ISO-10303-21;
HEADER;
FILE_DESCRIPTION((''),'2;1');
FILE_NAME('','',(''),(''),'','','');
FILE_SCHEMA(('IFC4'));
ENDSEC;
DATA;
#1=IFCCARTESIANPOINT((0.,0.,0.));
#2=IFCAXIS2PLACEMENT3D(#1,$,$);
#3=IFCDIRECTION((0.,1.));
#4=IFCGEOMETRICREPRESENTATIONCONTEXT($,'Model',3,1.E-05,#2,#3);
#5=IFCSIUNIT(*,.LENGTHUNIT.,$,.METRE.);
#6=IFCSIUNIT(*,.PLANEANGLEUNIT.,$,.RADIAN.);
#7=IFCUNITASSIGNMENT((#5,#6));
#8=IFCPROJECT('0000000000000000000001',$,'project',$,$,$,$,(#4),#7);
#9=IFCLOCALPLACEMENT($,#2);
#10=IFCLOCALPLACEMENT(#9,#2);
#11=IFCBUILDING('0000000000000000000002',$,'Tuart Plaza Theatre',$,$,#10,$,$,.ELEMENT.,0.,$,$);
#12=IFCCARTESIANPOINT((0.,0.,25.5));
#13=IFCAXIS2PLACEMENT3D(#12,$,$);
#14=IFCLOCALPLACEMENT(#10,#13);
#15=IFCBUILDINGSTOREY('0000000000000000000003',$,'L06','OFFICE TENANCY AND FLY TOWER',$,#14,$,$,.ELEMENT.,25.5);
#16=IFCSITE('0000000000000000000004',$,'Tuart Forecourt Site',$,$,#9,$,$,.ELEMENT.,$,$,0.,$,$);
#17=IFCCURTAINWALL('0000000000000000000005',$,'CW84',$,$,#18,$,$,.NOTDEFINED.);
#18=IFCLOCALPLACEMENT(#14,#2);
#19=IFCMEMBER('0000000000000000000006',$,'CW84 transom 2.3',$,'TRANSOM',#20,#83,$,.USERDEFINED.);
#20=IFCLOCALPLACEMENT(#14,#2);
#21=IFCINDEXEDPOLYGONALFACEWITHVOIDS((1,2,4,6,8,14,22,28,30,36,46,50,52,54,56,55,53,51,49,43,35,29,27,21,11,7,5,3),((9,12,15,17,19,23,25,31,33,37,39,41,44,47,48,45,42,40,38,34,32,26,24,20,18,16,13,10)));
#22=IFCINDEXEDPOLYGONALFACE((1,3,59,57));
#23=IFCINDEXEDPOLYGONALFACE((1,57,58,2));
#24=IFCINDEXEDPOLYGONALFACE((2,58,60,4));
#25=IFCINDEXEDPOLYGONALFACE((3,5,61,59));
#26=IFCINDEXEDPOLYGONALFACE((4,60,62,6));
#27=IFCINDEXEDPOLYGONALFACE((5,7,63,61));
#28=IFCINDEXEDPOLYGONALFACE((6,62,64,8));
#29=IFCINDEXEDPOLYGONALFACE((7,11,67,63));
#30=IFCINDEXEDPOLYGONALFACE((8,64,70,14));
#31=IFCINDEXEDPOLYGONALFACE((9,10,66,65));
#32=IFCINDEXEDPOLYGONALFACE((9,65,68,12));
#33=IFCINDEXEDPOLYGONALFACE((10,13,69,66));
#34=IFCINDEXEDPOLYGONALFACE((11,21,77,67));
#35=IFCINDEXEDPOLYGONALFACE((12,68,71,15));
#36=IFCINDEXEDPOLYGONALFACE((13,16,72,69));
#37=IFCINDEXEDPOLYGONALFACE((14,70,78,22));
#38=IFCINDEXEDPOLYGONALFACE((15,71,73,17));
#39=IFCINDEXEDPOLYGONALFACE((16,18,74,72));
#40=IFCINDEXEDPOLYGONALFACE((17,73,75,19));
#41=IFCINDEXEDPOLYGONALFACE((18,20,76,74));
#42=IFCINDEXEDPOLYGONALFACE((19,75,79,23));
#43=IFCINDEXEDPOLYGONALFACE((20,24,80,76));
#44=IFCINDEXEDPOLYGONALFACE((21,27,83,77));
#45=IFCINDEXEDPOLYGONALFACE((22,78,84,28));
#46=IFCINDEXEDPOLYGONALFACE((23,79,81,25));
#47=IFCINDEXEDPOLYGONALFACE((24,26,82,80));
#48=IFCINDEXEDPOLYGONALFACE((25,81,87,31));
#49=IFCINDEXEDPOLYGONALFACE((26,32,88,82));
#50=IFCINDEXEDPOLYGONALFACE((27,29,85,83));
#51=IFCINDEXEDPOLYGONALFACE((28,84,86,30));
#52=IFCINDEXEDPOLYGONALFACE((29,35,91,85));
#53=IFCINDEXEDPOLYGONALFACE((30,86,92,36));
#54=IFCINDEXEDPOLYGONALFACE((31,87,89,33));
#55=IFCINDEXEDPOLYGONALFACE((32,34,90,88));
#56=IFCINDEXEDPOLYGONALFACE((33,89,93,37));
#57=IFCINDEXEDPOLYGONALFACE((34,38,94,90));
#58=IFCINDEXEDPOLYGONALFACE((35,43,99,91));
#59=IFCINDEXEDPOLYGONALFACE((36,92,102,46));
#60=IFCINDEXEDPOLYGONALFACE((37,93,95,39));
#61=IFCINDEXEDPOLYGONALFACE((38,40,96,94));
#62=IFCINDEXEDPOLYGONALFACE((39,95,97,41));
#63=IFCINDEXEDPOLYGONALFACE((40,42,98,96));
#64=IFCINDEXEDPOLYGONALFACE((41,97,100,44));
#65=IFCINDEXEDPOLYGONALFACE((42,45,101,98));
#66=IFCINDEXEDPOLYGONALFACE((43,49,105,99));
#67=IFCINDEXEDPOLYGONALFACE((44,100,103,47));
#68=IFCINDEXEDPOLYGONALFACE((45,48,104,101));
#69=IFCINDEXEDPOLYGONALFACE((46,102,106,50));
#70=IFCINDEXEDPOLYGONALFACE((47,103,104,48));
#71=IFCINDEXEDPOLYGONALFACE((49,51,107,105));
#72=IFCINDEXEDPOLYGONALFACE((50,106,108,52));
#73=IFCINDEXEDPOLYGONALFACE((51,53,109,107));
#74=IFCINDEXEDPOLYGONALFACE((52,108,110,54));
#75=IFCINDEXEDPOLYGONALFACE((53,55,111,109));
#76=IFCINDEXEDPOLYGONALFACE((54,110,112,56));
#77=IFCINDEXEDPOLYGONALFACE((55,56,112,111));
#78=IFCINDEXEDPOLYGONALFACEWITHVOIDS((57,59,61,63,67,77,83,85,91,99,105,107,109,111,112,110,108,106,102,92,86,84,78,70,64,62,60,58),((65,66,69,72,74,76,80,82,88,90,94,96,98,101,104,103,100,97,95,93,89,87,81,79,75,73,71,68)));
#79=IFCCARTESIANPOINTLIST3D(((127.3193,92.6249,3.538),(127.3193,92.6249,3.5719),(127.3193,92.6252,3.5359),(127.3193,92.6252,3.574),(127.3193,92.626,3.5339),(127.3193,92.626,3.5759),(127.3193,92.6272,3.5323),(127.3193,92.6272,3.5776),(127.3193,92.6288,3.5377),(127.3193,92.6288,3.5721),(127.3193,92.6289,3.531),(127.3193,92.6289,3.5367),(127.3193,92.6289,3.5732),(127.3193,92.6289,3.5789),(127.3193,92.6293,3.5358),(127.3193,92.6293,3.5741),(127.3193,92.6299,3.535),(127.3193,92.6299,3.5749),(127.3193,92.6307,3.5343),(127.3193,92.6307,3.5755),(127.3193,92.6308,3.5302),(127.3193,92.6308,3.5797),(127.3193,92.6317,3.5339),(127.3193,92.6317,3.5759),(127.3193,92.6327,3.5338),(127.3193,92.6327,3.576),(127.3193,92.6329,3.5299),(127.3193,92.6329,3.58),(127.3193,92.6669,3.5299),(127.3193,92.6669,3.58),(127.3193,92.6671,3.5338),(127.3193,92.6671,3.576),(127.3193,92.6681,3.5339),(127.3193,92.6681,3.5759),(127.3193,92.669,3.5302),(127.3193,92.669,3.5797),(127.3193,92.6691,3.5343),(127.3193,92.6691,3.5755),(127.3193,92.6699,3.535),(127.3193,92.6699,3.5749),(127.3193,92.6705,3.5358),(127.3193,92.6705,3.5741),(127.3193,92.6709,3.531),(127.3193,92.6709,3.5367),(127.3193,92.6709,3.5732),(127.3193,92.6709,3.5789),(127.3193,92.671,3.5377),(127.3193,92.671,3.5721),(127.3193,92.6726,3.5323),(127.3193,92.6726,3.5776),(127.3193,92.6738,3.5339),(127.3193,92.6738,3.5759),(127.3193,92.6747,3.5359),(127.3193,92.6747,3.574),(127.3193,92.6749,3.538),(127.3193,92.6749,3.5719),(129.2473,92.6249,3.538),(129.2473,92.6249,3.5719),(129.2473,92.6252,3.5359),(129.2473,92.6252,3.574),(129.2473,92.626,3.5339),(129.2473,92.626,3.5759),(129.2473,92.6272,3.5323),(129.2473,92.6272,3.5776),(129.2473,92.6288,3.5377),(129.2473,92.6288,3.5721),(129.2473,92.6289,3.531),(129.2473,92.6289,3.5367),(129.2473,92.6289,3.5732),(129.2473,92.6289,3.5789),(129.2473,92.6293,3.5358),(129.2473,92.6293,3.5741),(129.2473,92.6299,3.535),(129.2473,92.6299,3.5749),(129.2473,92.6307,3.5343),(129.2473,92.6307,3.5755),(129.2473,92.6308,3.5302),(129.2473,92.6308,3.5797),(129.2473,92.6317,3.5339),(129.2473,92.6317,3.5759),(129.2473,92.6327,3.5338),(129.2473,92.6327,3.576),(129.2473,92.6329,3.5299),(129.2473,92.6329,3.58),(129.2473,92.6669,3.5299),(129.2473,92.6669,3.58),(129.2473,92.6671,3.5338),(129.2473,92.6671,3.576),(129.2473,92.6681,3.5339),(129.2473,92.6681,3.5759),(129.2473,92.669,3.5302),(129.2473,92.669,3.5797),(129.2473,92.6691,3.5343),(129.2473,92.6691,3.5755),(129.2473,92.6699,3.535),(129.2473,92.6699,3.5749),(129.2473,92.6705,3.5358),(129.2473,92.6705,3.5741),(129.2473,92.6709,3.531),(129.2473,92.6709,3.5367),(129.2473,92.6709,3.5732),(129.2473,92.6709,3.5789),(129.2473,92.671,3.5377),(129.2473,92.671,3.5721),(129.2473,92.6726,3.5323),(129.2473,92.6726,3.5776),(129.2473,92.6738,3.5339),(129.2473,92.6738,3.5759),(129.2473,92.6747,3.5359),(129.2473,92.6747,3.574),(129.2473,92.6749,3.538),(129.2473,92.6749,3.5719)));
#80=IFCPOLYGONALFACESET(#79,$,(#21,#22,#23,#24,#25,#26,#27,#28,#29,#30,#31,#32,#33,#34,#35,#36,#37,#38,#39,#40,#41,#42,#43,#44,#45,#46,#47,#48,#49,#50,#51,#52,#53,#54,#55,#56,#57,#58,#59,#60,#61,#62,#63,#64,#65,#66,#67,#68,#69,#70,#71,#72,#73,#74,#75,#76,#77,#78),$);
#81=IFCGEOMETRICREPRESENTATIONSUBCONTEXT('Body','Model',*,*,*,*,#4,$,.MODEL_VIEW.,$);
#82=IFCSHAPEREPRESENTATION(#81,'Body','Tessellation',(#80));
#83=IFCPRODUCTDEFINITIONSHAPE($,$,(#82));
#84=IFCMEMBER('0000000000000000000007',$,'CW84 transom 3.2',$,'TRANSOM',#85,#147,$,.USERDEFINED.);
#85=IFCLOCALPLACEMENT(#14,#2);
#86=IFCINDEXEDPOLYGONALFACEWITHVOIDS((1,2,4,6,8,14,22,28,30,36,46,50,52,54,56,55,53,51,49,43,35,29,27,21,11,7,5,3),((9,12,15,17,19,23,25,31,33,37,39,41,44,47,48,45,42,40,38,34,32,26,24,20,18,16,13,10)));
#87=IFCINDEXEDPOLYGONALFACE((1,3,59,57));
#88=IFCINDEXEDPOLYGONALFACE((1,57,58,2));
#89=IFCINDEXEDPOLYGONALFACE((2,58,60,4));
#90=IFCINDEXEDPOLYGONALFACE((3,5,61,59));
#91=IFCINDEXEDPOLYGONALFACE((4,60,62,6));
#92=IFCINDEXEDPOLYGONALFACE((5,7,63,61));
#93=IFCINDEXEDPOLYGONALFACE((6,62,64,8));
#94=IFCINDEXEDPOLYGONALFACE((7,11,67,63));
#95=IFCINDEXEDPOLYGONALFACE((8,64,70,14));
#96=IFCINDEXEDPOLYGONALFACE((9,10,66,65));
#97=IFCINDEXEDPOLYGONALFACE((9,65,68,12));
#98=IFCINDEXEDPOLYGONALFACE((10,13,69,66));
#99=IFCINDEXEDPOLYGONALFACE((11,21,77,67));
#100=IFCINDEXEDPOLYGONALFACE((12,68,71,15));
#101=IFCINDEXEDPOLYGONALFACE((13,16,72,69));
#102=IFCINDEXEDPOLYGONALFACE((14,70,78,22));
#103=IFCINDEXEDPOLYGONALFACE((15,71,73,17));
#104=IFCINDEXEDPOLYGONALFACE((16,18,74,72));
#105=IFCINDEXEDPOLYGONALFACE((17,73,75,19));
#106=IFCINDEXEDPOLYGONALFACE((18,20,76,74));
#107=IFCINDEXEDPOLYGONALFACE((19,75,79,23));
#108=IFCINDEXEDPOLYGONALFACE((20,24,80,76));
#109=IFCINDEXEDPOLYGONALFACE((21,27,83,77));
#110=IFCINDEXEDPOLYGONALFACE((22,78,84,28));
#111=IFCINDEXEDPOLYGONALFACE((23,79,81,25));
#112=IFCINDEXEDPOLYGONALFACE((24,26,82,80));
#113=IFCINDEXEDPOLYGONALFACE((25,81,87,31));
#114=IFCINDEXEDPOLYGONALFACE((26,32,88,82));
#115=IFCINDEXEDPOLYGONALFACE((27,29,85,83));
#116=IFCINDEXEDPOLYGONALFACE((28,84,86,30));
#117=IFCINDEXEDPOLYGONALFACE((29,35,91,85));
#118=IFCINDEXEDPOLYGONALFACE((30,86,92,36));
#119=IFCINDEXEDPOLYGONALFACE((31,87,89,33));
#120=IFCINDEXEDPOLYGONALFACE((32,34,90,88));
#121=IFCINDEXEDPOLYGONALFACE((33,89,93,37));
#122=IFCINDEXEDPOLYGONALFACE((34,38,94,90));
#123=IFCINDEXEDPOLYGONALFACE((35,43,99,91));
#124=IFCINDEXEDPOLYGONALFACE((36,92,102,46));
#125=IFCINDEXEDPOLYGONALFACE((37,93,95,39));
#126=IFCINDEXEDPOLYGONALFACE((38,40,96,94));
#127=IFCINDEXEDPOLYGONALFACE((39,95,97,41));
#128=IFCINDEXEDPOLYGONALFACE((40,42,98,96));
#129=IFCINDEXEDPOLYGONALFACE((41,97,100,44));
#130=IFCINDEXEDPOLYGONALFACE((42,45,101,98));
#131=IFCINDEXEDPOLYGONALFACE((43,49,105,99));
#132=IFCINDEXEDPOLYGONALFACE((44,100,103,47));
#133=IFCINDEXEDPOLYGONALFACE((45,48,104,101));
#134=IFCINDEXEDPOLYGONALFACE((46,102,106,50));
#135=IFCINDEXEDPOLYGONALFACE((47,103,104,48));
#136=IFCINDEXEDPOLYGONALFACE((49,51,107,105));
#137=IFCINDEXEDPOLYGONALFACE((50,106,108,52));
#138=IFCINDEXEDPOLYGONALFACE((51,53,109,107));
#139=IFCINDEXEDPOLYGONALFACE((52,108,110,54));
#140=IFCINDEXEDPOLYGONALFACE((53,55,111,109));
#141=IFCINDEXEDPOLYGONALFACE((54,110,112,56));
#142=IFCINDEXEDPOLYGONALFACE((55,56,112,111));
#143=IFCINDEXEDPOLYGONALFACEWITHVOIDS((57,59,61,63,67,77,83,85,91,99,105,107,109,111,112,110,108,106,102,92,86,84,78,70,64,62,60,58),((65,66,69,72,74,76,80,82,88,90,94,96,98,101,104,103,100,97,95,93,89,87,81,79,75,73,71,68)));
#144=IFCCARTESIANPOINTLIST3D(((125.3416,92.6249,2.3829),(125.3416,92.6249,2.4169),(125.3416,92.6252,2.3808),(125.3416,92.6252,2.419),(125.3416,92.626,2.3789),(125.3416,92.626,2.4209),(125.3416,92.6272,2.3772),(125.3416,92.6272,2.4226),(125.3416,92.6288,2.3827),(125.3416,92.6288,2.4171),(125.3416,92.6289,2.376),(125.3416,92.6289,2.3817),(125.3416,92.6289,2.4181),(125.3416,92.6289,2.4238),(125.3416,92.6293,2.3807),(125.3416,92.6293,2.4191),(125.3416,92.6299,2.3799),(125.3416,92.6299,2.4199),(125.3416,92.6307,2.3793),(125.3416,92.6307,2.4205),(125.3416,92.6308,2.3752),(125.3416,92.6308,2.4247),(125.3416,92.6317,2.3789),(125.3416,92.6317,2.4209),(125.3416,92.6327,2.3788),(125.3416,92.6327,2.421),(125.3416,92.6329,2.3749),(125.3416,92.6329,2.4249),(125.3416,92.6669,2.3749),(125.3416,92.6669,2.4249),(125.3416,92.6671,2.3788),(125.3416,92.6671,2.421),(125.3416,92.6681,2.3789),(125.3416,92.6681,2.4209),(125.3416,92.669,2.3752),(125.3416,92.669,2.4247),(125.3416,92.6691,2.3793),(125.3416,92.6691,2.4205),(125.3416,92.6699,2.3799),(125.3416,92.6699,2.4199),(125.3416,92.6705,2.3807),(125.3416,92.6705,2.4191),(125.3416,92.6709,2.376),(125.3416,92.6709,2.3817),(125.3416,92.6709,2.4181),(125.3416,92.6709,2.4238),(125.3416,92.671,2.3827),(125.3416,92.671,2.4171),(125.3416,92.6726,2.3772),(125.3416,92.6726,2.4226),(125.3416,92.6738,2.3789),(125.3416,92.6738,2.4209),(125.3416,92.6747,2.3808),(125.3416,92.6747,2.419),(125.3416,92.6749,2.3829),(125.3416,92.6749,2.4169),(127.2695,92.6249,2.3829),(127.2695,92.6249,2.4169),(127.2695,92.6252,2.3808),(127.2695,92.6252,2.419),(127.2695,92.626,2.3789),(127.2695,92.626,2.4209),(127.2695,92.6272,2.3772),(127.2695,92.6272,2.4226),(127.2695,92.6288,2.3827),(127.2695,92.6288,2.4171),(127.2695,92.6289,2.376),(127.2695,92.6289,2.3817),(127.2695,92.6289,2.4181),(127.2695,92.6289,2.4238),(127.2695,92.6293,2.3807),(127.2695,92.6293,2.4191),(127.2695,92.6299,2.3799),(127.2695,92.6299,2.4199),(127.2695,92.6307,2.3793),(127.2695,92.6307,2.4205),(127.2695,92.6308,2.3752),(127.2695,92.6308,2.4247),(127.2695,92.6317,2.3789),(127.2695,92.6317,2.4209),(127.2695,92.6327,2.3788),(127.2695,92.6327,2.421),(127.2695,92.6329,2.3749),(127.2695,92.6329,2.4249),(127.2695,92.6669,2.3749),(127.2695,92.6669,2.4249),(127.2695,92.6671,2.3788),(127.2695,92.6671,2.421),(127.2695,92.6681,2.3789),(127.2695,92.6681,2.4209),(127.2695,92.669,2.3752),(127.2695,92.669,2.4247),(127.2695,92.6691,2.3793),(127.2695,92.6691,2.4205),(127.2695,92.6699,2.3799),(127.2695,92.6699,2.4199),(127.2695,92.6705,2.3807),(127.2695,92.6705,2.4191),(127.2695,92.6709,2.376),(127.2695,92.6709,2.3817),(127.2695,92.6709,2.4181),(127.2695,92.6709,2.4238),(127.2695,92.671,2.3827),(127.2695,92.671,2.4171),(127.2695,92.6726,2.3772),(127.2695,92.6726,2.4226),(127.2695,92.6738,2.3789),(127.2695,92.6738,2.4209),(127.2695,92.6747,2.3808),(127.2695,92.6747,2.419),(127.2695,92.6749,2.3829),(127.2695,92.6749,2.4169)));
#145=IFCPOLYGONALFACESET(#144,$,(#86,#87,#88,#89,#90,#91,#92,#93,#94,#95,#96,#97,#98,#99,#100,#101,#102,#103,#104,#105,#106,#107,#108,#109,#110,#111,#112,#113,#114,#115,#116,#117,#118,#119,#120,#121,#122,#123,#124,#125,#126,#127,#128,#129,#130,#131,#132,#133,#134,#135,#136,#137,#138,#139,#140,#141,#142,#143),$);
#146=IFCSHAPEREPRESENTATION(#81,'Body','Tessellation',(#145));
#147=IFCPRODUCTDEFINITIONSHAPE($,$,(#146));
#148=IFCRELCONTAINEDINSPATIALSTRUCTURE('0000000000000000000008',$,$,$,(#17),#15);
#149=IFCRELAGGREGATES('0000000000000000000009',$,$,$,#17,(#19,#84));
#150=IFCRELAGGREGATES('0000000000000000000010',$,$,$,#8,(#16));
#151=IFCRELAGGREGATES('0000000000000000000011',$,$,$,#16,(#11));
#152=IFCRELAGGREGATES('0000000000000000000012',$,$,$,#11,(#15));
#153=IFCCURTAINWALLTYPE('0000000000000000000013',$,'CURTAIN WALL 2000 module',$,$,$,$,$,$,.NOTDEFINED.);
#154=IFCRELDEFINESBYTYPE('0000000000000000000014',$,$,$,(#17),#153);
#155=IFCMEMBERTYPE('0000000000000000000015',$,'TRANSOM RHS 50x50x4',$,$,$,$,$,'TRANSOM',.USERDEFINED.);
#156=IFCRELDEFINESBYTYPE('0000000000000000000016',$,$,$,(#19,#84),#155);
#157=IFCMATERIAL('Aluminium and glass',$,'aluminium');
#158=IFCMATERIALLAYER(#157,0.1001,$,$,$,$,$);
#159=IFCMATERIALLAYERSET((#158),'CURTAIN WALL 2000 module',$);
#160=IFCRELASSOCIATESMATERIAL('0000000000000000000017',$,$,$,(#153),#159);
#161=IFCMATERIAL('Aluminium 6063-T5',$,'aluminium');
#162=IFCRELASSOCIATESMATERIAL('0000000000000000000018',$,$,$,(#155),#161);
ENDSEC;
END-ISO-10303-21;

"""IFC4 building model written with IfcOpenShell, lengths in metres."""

from ifc_helpers import new_model, si_unit, direction, frame, origin, origin_2d, place, context, subcontext, project, spatial, hollow_rectangle, extrude, material, layer, layer_set, material_profile, profile_set, type_object, element, aggregate, save


model = new_model("IFC4")

# Units and contexts
model_context = context("Model", 3, precision=1e-05, world=origin(), true_north=direction((0.0, 1.0)))
body_context = subcontext(model_context, "Body", "Model", "MODEL_VIEW")
ifc_project = project(units=[si_unit("LENGTHUNIT", "METRE"), si_unit("PLANEANGLEUNIT", "RADIAN")], contexts=[model_context])

# Site, building, storey
site_placement = place(None, origin())
site = spatial("IfcSite", under=ifc_project, at=site_placement, Name="Tuart Forecourt Site", CompositionType="ELEMENT", RefElevation=0.0)
building_placement = place(site_placement, origin())
building = spatial("IfcBuilding", under=site, at=building_placement, Name="Tuart Plaza Theatre", CompositionType="ELEMENT", ElevationOfRefHeight=0.0)
storey_placement = place(building_placement, frame((0.0, 0.0, 25.5)))
storey = spatial("IfcBuildingStorey", under=building, at=storey_placement, Name="L06", Description="OFFICE TENANCY AND FLY TOWER", CompositionType="ELEMENT", Elevation=25.5)

# Curtain wall
ifc_material_1 = material(Name="Aluminium and glass", Category="aluminium")
ifc_layer_1 = layer(ifc_material_1, 0.1001)
ifc_layer_set_1 = layer_set([ifc_layer_1], Name="CURTAIN WALL 2000 module")
curtain_wall_type = type_object("IfcCurtainWallType", Name="CURTAIN WALL 2000 module", PredefinedType="NOTDEFINED", material=ifc_layer_set_1)
curtain_wall_1_placement = place(storey_placement, origin())
curtain_wall_1 = element("IfcCurtainWall", 1, at=curtain_wall_1_placement, inside=storey, type_object=curtain_wall_type, Name="CW84", PredefinedType="NOTDEFINED")

# Members
ifc_material_2 = material(Name="Aluminium 6063-T5", Category="aluminium")
ifc_material_profile_1 = material_profile(ifc_material_2, hollow_rectangle(XDim=0.05, YDim=0.05, WallThickness=0.0039, InnerFilletRadius=0.0039, OuterFilletRadius=0.0081, at=origin_2d()), Name="RHS 50x50x4")
ifc_profile_set_1 = profile_set([ifc_material_profile_1], Name="Aluminium 6063-T5")
member_type_1 = type_object("IfcMemberType", Name="TRANSOM RHS 50x50x4", ElementType="TRANSOM", PredefinedType="USERDEFINED", material=ifc_profile_set_1)
member_1_placement = place(storey_placement, frame((129.2473, 92.6499, 3.5549), z_axis=(-1.0, 0.0, 0.0), x_axis=(0.0, -1.0, 0.0)))
member_1 = element("IfcMember", 2, at=member_1_placement, type_object=member_type_1, Name="CW84 transom 2.3", ObjectType="TRANSOM", PredefinedType="USERDEFINED", context=body_context, shape_type="SweptSolid", body=[
    extrude(hollow_rectangle(XDim=0.05, YDim=0.05, WallThickness=0.0039, InnerFilletRadius=0.0039, OuterFilletRadius=0.0081, at=origin_2d()), origin(), (0.0, 0.0, 1.0), 1.928),
])
member_2_placement = place(storey_placement, frame((127.2695, 92.6499, 2.3999), z_axis=(-1.0, 0.0, 0.0), x_axis=(0.0, -1.0, 0.0)))
member_2 = element("IfcMember", 3, at=member_2_placement, type_object=member_type_1, Name="CW84 transom 3.2", ObjectType="TRANSOM", PredefinedType="USERDEFINED", context=body_context, shape_type="SweptSolid", body=[
    extrude(hollow_rectangle(XDim=0.05, YDim=0.05, WallThickness=0.0039, InnerFilletRadius=0.0039, OuterFilletRadius=0.0081, at=origin_2d()), origin(), (0.0, 0.0, 1.0), 1.928),
])

aggregate(curtain_wall_1, [member_1, member_2])

save(model, "model.ifc")
